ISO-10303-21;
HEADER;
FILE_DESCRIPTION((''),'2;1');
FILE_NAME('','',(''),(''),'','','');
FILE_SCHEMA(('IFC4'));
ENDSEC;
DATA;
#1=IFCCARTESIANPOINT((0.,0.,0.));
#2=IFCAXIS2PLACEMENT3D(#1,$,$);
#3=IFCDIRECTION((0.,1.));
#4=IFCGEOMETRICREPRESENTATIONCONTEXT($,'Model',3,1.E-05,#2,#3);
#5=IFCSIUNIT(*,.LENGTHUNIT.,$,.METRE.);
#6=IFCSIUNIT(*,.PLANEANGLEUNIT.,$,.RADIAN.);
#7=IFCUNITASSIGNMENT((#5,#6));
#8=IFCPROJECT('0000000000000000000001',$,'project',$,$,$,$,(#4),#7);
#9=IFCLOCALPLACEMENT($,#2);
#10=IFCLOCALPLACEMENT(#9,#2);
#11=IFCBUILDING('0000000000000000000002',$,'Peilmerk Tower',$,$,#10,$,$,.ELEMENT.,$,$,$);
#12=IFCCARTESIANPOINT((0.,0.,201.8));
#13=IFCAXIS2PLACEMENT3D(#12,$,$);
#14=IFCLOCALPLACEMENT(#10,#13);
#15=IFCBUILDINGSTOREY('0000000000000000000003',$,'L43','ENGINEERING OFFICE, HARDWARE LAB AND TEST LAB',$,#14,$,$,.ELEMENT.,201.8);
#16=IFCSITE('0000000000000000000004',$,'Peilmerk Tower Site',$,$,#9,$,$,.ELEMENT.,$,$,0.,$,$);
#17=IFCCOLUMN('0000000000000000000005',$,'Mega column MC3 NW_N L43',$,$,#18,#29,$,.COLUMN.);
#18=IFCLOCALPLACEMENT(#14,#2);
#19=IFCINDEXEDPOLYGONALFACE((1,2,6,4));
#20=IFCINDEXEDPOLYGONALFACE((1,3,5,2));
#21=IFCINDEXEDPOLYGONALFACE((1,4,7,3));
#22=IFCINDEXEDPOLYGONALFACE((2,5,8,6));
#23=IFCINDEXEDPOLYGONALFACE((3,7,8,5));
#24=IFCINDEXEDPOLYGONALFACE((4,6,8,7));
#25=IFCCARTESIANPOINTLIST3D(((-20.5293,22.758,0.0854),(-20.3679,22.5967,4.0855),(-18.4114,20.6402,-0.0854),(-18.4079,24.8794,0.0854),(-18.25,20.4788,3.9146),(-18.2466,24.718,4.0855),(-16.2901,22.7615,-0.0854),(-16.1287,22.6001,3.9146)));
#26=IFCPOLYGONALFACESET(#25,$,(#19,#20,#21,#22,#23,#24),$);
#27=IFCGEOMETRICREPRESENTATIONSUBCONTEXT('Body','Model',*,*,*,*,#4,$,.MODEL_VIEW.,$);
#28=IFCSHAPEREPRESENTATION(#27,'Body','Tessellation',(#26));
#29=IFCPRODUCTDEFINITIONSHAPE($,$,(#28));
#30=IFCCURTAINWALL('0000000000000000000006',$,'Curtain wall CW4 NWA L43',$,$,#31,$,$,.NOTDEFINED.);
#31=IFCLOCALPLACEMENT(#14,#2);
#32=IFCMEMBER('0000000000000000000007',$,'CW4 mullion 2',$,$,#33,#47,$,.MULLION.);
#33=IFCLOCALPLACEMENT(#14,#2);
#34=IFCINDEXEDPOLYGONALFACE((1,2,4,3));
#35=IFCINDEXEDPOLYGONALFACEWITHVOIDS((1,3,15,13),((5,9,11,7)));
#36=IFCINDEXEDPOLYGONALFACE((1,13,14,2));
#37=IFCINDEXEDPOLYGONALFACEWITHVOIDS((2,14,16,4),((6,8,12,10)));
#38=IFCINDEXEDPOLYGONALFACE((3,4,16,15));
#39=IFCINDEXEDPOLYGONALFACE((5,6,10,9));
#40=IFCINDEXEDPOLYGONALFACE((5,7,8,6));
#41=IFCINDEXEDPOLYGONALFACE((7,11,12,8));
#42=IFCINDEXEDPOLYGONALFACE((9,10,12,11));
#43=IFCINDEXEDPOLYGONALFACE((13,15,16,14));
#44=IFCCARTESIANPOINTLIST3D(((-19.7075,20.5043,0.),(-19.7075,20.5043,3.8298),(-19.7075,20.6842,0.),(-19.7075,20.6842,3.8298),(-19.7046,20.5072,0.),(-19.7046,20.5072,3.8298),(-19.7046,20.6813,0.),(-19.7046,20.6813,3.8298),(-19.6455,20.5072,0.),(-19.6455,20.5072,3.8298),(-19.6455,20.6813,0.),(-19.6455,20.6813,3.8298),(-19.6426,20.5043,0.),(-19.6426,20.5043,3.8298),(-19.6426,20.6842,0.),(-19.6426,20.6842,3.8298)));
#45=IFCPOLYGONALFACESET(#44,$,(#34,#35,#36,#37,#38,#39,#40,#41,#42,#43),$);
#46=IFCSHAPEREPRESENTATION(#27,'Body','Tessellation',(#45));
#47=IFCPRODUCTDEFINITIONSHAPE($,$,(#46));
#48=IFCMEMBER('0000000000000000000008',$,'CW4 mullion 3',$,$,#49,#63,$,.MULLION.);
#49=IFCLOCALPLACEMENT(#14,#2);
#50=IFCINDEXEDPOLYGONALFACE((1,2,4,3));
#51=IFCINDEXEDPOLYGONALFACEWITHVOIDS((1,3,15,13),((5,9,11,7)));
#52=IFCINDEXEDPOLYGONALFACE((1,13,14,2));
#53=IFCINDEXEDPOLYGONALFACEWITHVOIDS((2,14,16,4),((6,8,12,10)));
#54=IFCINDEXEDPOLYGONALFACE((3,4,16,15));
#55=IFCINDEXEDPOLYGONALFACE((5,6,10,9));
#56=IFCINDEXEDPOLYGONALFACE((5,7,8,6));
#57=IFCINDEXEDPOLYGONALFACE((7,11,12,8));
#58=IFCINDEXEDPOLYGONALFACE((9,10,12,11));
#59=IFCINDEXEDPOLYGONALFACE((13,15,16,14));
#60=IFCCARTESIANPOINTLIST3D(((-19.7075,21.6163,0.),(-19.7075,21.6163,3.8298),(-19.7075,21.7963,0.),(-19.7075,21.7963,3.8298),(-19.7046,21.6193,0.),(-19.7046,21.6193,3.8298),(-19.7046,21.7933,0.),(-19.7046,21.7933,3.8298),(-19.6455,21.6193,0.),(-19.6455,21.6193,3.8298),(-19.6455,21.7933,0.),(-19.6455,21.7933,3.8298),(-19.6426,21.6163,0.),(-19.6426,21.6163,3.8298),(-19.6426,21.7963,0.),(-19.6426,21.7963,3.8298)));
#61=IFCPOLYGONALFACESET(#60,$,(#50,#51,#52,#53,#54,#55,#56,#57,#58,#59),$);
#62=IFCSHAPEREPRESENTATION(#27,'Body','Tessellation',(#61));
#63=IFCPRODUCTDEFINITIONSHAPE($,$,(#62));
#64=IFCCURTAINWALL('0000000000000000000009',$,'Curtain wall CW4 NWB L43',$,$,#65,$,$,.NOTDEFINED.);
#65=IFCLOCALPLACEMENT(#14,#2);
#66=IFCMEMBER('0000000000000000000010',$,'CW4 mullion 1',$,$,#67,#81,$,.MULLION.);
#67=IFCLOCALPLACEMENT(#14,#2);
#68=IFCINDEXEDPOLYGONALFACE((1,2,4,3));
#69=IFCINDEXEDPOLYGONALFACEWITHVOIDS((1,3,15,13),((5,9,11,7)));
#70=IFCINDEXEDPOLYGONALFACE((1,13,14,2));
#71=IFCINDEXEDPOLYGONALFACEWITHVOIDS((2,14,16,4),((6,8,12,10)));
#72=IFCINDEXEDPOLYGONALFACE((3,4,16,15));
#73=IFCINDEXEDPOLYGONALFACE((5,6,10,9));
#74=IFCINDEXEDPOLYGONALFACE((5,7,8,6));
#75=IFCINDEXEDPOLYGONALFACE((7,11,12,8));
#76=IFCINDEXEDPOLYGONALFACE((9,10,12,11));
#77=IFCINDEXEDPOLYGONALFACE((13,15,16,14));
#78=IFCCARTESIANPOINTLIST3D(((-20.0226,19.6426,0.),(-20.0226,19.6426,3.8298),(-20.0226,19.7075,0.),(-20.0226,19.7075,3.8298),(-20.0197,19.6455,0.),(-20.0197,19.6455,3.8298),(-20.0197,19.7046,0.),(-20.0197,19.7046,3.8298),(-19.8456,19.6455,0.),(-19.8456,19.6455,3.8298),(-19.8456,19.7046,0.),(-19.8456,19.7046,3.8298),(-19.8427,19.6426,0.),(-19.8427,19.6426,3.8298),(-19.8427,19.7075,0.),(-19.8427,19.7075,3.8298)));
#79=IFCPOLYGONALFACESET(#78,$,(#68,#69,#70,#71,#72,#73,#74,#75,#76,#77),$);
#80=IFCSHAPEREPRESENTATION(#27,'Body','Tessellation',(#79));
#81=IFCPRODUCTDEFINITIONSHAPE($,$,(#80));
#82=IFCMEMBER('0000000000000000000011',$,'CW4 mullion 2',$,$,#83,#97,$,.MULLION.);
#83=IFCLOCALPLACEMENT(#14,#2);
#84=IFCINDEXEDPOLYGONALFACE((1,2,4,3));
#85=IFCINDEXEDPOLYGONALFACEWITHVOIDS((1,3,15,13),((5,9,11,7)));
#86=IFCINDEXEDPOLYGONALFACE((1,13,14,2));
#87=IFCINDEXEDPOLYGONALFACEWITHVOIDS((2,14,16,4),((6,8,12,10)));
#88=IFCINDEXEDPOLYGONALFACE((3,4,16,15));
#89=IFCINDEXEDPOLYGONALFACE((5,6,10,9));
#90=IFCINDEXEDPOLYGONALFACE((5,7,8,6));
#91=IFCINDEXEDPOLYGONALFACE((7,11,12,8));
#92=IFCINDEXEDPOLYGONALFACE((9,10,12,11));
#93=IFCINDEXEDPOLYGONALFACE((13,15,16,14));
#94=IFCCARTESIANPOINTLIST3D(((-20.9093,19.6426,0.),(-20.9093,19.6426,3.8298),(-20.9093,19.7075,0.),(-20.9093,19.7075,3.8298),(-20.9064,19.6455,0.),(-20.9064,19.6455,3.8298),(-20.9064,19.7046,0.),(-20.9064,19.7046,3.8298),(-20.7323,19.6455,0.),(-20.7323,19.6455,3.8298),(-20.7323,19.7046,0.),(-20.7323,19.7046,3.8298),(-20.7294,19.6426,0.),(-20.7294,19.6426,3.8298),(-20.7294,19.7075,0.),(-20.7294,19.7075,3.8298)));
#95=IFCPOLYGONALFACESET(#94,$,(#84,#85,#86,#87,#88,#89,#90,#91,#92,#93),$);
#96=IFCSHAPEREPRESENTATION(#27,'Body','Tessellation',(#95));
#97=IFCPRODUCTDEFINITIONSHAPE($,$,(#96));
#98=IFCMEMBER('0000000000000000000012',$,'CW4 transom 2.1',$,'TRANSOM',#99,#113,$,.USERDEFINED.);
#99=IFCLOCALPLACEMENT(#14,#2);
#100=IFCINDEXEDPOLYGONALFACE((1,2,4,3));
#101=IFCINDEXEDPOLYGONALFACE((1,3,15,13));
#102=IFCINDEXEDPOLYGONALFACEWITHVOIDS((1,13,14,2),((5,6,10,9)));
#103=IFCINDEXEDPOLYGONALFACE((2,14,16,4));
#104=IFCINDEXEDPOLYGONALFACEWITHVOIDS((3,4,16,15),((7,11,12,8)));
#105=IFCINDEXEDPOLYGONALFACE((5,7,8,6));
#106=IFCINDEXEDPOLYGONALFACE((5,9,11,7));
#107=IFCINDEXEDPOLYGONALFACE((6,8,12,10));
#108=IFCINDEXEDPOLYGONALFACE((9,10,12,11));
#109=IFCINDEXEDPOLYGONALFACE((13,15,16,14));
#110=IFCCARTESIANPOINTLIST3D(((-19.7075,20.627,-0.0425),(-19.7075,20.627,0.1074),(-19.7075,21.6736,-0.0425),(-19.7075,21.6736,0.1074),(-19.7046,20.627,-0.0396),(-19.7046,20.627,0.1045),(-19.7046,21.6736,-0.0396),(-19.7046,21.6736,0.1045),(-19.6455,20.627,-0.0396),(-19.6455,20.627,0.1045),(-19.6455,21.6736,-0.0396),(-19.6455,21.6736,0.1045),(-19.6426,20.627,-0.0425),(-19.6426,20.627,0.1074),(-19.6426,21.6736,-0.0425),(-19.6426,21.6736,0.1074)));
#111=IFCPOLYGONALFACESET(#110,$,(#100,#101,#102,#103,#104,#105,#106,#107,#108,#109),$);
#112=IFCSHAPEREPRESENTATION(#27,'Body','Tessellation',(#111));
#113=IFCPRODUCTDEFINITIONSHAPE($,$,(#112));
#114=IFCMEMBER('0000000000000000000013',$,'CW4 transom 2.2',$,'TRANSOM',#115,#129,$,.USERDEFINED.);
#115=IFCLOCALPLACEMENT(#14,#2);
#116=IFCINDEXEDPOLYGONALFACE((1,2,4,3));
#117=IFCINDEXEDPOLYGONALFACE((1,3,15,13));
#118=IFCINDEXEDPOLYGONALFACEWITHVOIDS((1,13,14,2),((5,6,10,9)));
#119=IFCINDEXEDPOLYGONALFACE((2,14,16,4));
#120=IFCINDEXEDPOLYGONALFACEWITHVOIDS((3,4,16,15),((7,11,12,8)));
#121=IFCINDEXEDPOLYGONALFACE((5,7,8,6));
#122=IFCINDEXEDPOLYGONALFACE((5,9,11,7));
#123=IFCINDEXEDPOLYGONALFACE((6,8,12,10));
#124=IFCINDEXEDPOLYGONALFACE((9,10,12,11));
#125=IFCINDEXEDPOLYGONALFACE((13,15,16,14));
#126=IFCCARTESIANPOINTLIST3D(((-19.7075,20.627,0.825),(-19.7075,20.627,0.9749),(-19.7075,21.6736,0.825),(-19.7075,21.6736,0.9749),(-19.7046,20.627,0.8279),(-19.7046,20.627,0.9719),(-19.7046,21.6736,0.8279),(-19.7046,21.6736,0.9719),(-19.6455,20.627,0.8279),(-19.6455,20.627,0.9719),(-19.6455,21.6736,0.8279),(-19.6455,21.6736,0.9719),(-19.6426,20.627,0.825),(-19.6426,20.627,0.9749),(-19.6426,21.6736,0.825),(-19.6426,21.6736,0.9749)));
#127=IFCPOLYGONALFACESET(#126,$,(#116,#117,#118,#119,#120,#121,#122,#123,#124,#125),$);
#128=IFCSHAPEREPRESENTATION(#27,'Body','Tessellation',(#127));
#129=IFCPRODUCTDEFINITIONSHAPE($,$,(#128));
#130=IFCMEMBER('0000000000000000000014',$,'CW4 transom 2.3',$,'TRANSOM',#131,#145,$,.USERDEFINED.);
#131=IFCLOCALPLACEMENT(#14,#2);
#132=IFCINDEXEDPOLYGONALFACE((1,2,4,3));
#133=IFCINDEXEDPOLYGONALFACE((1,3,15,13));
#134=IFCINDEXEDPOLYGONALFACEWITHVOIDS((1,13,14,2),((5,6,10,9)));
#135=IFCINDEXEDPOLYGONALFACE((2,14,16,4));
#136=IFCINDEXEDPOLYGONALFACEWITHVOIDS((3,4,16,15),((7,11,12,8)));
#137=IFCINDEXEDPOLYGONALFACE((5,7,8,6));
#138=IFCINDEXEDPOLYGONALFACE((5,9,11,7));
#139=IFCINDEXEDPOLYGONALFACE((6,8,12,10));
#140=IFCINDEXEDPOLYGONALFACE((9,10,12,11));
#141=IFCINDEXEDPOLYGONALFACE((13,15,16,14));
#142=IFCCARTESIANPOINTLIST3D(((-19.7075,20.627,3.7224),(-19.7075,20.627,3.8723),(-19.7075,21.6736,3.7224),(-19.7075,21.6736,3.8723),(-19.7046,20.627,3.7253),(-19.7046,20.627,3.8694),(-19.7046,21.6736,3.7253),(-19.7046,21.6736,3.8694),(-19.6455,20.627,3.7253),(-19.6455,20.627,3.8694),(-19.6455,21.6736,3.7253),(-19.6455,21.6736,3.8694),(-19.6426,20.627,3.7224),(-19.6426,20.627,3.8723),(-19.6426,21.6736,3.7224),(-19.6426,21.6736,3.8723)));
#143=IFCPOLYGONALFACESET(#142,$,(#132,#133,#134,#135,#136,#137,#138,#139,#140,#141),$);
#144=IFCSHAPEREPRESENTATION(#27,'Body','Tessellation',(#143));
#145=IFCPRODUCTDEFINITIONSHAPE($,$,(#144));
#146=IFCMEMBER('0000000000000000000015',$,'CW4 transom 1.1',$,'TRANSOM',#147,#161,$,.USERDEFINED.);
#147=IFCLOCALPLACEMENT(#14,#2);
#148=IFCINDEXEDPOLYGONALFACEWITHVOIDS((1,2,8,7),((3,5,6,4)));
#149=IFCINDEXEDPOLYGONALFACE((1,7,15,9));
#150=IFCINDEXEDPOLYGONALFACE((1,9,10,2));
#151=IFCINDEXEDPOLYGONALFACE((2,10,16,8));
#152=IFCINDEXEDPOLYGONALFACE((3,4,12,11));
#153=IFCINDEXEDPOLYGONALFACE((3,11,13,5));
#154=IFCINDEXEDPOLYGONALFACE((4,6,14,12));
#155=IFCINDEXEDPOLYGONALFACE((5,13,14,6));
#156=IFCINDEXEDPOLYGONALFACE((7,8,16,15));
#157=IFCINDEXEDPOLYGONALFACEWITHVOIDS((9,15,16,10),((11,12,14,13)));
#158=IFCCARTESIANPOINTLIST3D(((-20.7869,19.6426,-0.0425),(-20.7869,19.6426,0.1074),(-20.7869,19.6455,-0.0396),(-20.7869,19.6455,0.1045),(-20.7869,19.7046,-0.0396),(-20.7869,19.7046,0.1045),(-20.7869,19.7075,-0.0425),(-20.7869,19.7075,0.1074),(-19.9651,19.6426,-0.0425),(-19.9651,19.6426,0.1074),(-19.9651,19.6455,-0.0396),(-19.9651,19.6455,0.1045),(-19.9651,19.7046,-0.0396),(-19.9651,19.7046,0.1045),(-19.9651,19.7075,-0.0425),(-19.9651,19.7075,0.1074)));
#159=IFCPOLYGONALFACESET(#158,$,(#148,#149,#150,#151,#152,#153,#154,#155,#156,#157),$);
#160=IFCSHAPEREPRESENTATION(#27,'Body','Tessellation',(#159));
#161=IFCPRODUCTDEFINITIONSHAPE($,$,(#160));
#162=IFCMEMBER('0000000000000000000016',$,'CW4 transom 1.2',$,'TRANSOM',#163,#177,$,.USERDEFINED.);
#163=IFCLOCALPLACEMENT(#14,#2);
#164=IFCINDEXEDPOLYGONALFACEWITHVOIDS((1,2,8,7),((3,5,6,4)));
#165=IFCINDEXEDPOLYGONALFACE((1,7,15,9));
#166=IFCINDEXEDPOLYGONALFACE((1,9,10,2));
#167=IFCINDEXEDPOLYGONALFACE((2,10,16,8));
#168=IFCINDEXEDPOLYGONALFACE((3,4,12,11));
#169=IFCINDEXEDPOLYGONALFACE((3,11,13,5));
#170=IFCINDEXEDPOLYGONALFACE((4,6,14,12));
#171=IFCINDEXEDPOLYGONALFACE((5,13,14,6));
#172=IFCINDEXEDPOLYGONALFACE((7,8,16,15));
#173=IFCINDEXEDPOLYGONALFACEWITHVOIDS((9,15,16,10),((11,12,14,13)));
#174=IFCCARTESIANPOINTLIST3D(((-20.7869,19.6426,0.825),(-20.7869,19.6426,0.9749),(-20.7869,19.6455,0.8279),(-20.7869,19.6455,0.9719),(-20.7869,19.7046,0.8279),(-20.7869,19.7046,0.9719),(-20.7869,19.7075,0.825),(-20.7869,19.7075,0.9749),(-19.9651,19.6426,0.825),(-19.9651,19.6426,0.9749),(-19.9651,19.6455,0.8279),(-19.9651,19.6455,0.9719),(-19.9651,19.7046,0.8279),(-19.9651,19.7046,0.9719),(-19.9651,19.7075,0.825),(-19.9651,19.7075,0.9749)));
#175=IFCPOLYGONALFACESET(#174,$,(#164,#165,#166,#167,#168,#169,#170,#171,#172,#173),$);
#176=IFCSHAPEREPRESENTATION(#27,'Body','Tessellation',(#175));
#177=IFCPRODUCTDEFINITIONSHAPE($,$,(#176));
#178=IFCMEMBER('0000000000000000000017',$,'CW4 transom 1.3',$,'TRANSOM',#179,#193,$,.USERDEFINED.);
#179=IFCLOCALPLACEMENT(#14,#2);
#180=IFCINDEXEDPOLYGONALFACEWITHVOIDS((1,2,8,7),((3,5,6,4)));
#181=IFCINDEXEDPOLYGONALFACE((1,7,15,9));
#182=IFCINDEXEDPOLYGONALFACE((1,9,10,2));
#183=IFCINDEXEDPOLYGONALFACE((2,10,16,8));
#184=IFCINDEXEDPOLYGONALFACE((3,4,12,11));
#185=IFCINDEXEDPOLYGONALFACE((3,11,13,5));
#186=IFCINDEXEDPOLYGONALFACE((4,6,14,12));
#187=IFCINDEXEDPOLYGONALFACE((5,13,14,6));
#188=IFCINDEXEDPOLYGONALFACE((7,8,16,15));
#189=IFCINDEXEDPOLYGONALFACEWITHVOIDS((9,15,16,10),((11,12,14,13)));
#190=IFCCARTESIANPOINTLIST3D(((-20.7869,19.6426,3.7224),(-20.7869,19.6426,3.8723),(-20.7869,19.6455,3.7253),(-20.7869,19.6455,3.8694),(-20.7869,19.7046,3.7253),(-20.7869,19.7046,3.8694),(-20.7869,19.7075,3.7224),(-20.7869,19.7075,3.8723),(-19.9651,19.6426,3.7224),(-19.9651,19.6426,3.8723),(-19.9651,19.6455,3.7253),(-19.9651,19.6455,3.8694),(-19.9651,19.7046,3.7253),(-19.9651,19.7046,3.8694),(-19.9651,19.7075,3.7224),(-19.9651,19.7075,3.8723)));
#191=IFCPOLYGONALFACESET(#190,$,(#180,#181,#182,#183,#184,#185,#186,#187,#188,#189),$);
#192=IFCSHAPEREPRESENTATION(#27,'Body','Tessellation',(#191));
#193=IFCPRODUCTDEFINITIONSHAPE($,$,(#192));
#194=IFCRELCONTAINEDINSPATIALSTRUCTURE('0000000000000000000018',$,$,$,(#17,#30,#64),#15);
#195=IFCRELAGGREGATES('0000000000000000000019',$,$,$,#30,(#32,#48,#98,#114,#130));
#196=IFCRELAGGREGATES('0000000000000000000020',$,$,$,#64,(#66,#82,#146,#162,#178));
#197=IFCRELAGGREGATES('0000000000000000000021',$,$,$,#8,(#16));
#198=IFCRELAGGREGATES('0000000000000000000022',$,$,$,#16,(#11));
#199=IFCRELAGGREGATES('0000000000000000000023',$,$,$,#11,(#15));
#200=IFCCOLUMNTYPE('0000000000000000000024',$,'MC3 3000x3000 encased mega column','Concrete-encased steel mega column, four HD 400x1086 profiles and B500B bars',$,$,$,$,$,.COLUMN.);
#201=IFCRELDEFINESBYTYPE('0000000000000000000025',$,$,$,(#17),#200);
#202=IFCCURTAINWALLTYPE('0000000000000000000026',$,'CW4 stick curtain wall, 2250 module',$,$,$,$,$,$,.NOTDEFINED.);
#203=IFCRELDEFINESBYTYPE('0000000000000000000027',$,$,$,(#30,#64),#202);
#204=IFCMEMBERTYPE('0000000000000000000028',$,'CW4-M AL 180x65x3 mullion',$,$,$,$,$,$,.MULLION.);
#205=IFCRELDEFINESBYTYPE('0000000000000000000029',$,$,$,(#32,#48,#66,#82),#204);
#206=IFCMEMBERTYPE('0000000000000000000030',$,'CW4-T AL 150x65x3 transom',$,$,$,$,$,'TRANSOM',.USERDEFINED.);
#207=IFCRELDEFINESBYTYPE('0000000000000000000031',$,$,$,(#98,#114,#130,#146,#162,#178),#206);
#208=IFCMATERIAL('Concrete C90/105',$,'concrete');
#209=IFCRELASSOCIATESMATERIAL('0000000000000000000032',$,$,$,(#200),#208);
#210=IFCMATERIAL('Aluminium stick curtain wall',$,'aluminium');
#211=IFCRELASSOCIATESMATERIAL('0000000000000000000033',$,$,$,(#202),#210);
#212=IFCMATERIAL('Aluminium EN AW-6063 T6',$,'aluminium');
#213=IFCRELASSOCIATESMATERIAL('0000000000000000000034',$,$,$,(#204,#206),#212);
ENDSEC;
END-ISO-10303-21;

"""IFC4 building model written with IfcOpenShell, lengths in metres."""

from ifc_helpers import new_model, si_unit, direction, frame, origin, origin_2d, place, context, subcontext, project, spatial, rectangle, hollow_rectangle, extrude, material, material_profile, profile_set, type_object, element, aggregate, save


model = new_model("IFC4")

# Units and contexts
model_context = context("Model", 3, precision=1e-05, world=origin(), true_north=direction((0.0, 1.0)))
body_context = subcontext(model_context, "Body", "Model", "MODEL_VIEW")
ifc_project = project(units=[si_unit("LENGTHUNIT", "METRE"), si_unit("PLANEANGLEUNIT", "RADIAN")], contexts=[model_context])

# Site, building, storey
site_placement = place(None, origin())
site = spatial("IfcSite", under=ifc_project, at=site_placement, Name="Peilmerk Tower Site", CompositionType="ELEMENT", RefElevation=0.0)
building_placement = place(site_placement, origin())
building = spatial("IfcBuilding", under=site, at=building_placement, Name="Peilmerk Tower", CompositionType="ELEMENT")
storey_placement = place(building_placement, frame((0.0, 0.0, 201.8)))
storey = spatial("IfcBuildingStorey", under=building, at=storey_placement, Name="L43", Description="ENGINEERING OFFICE, HARDWARE LAB AND TEST LAB", CompositionType="ELEMENT", Elevation=201.8)

# Column
ifc_material_1 = material(Name="Concrete C90/105", Category="concrete")
ifc_material_profile_1 = material_profile(ifc_material_1, rectangle(XDim=3.0, YDim=3.0, at=origin_2d()), Name="RC 3000x3000")
ifc_profile_set_1 = profile_set([ifc_material_profile_1], Name="Concrete C90/105")
column_type = type_object("IfcColumnType", Name="MC3 3000x3000 encased mega column", Description="Concrete-encased steel mega column, four HD 400x1086 profiles and B500B bars", PredefinedType="COLUMN", material=ifc_profile_set_1)
column_placement = place(storey_placement, frame((-18.4097, 22.7598, 0.0), z_axis=(0.040279, -0.040279, 0.998376), x_axis=(0.707107, 0.707107, 0.0)))
element("IfcColumn", 1, at=column_placement, inside=storey, type_object=column_type, Name="Mega column MC3 NW_N L43", PredefinedType="COLUMN", context=body_context, shape_type="SweptSolid", body=[
    extrude(rectangle(XDim=3.0, YDim=3.0, at=origin_2d()), origin(), (0.0, 0.0, 1.0), 4.0066),
])

# Curtain walls, members
ifc_material_2 = material(Name="Aluminium stick curtain wall", Category="aluminium")
curtain_wall_type = type_object("IfcCurtainWallType", Name="CW4 stick curtain wall, 2250 module", PredefinedType="NOTDEFINED", material=ifc_material_2)
curtain_wall_1_placement = place(storey_placement, origin())
curtain_wall_1 = element("IfcCurtainWall", 2, at=curtain_wall_1_placement, inside=storey, type_object=curtain_wall_type, Name="Curtain wall CW4 NWA L43", PredefinedType="NOTDEFINED")
ifc_material_3 = material(Name="Aluminium EN AW-6063 T6", Category="aluminium")
ifc_material_profile_2 = material_profile(ifc_material_3, hollow_rectangle(XDim=0.0649, YDim=0.1799, WallThickness=0.0029, at=origin_2d()), Name="AL 180x65x3")
ifc_profile_set_2 = profile_set([ifc_material_profile_2], Name="Aluminium EN AW-6063 T6")
member_type_1 = type_object("IfcMemberType", Name="CW4-M AL 180x65x3 mullion", PredefinedType="MULLION", material=ifc_profile_set_2)
member_1_placement = place(storey_placement, frame((-19.675, 20.5942, 0.0), z_axis=(0.0, 0.0, 1.0), x_axis=(-1.0, 0.0, 0.0)))
member_1 = element("IfcMember", 3, at=member_1_placement, type_object=member_type_1, Name="CW4 mullion 2", PredefinedType="MULLION", context=body_context, shape_type="SweptSolid", body=[
    extrude(hollow_rectangle(XDim=0.0649, YDim=0.1799, WallThickness=0.0029, at=origin_2d()), origin(), (0.0, 0.0, 1.0), 3.8298),
])
member_2_placement = place(storey_placement, frame((-19.675, 21.7063, 0.0), z_axis=(0.0, 0.0, 1.0), x_axis=(-1.0, 0.0, 0.0)))
member_2 = element("IfcMember", 4, at=member_2_placement, type_object=member_type_1, Name="CW4 mullion 3", PredefinedType="MULLION", context=body_context, shape_type="SweptSolid", body=[
    extrude(hollow_rectangle(XDim=0.0649, YDim=0.1799, WallThickness=0.0029, at=origin_2d()), origin(), (0.0, 0.0, 1.0), 3.8298),
])
curtain_wall_2_placement = place(storey_placement, origin())
curtain_wall_2 = element("IfcCurtainWall", 5, at=curtain_wall_2_placement, inside=storey, type_object=curtain_wall_type, Name="Curtain wall CW4 NWB L43", PredefinedType="NOTDEFINED")
member_3_placement = place(storey_placement, frame((-19.9326, 19.675, 0.0), z_axis=(0.0, 0.0, 1.0), x_axis=(0.0, -1.0, 0.0)))
member_3 = element("IfcMember", 6, at=member_3_placement, type_object=member_type_1, Name="CW4 mullion 1", PredefinedType="MULLION", context=body_context, shape_type="SweptSolid", body=[
    extrude(hollow_rectangle(XDim=0.0649, YDim=0.1799, WallThickness=0.0029, at=origin_2d()), origin(), (0.0, 0.0, 1.0), 3.8298),
])
member_4_placement = place(storey_placement, frame((-20.8193, 19.675, 0.0), z_axis=(0.0, 0.0, 1.0), x_axis=(0.0, -1.0, 0.0)))
member_4 = element("IfcMember", 7, at=member_4_placement, type_object=member_type_1, Name="CW4 mullion 2", PredefinedType="MULLION", context=body_context, shape_type="SweptSolid", body=[
    extrude(hollow_rectangle(XDim=0.0649, YDim=0.1799, WallThickness=0.0029, at=origin_2d()), origin(), (0.0, 0.0, 1.0), 3.8298),
])

# Members
ifc_material_profile_3 = material_profile(ifc_material_3, hollow_rectangle(XDim=0.0649, YDim=0.1499, WallThickness=0.0029, at=origin_2d()), Name="AL 150x65x3")
ifc_profile_set_3 = profile_set([ifc_material_profile_3], Name="Aluminium EN AW-6063 T6")
member_type_2 = type_object("IfcMemberType", Name="CW4-T AL 150x65x3 transom", ElementType="TRANSOM", PredefinedType="USERDEFINED", material=ifc_profile_set_3)
member_5_placement = place(storey_placement, frame((-19.675, 20.627, 0.0325), z_axis=(0.0, 1.0, 0.0), x_axis=(-1.0, 0.0, 0.0)))
member_5 = element("IfcMember", 8, at=member_5_placement, type_object=member_type_2, Name="CW4 transom 2.1", ObjectType="TRANSOM", PredefinedType="USERDEFINED", context=body_context, shape_type="SweptSolid", body=[
    extrude(hollow_rectangle(XDim=0.0649, YDim=0.1499, WallThickness=0.0029, at=origin_2d()), origin(), (0.0, 0.0, 1.0), 1.0466),
])
member_6_placement = place(storey_placement, frame((-19.675, 20.627, 0.8999), z_axis=(0.0, 1.0, 0.0), x_axis=(-1.0, 0.0, 0.0)))
member_6 = element("IfcMember", 9, at=member_6_placement, type_object=member_type_2, Name="CW4 transom 2.2", ObjectType="TRANSOM", PredefinedType="USERDEFINED", context=body_context, shape_type="SweptSolid", body=[
    extrude(hollow_rectangle(XDim=0.0649, YDim=0.1499, WallThickness=0.0029, at=origin_2d()), origin(), (0.0, 0.0, 1.0), 1.0466),
])
member_7_placement = place(storey_placement, frame((-19.675, 20.627, 3.7974), z_axis=(0.0, 1.0, 0.0), x_axis=(-1.0, 0.0, 0.0)))
member_7 = element("IfcMember", 10, at=member_7_placement, type_object=member_type_2, Name="CW4 transom 2.3", ObjectType="TRANSOM", PredefinedType="USERDEFINED", context=body_context, shape_type="SweptSolid", body=[
    extrude(hollow_rectangle(XDim=0.0649, YDim=0.1499, WallThickness=0.0029, at=origin_2d()), origin(), (0.0, 0.0, 1.0), 1.0466),
])
member_8_placement = place(storey_placement, frame((-19.9651, 19.675, 0.0325), z_axis=(-1.0, 0.0, 0.0), x_axis=(0.0, -1.0, 0.0)))
member_8 = element("IfcMember", 11, at=member_8_placement, type_object=member_type_2, Name="CW4 transom 1.1", ObjectType="TRANSOM", PredefinedType="USERDEFINED", context=body_context, shape_type="SweptSolid", body=[
    extrude(hollow_rectangle(XDim=0.0649, YDim=0.1499, WallThickness=0.0029, at=origin_2d()), origin(), (0.0, 0.0, 1.0), 0.8218),
])
member_9_placement = place(storey_placement, frame((-19.9651, 19.675, 0.8999), z_axis=(-1.0, 0.0, 0.0), x_axis=(0.0, -1.0, 0.0)))
member_9 = element("IfcMember", 12, at=member_9_placement, type_object=member_type_2, Name="CW4 transom 1.2", ObjectType="TRANSOM", PredefinedType="USERDEFINED", context=body_context, shape_type="SweptSolid", body=[
    extrude(hollow_rectangle(XDim=0.0649, YDim=0.1499, WallThickness=0.0029, at=origin_2d()), origin(), (0.0, 0.0, 1.0), 0.8218),
])
member_10_placement = place(storey_placement, frame((-19.9651, 19.675, 3.7974), z_axis=(-1.0, 0.0, 0.0), x_axis=(0.0, -1.0, 0.0)))
member_10 = element("IfcMember", 13, at=member_10_placement, type_object=member_type_2, Name="CW4 transom 1.3", ObjectType="TRANSOM", PredefinedType="USERDEFINED", context=body_context, shape_type="SweptSolid", body=[
    extrude(hollow_rectangle(XDim=0.0649, YDim=0.1499, WallThickness=0.0029, at=origin_2d()), origin(), (0.0, 0.0, 1.0), 0.8218),
])

aggregate(curtain_wall_1, [member_1, member_2, member_5, member_6, member_7])
aggregate(curtain_wall_2, [member_3, member_4, member_8, member_9, member_10])

save(model, "model.ifc")
